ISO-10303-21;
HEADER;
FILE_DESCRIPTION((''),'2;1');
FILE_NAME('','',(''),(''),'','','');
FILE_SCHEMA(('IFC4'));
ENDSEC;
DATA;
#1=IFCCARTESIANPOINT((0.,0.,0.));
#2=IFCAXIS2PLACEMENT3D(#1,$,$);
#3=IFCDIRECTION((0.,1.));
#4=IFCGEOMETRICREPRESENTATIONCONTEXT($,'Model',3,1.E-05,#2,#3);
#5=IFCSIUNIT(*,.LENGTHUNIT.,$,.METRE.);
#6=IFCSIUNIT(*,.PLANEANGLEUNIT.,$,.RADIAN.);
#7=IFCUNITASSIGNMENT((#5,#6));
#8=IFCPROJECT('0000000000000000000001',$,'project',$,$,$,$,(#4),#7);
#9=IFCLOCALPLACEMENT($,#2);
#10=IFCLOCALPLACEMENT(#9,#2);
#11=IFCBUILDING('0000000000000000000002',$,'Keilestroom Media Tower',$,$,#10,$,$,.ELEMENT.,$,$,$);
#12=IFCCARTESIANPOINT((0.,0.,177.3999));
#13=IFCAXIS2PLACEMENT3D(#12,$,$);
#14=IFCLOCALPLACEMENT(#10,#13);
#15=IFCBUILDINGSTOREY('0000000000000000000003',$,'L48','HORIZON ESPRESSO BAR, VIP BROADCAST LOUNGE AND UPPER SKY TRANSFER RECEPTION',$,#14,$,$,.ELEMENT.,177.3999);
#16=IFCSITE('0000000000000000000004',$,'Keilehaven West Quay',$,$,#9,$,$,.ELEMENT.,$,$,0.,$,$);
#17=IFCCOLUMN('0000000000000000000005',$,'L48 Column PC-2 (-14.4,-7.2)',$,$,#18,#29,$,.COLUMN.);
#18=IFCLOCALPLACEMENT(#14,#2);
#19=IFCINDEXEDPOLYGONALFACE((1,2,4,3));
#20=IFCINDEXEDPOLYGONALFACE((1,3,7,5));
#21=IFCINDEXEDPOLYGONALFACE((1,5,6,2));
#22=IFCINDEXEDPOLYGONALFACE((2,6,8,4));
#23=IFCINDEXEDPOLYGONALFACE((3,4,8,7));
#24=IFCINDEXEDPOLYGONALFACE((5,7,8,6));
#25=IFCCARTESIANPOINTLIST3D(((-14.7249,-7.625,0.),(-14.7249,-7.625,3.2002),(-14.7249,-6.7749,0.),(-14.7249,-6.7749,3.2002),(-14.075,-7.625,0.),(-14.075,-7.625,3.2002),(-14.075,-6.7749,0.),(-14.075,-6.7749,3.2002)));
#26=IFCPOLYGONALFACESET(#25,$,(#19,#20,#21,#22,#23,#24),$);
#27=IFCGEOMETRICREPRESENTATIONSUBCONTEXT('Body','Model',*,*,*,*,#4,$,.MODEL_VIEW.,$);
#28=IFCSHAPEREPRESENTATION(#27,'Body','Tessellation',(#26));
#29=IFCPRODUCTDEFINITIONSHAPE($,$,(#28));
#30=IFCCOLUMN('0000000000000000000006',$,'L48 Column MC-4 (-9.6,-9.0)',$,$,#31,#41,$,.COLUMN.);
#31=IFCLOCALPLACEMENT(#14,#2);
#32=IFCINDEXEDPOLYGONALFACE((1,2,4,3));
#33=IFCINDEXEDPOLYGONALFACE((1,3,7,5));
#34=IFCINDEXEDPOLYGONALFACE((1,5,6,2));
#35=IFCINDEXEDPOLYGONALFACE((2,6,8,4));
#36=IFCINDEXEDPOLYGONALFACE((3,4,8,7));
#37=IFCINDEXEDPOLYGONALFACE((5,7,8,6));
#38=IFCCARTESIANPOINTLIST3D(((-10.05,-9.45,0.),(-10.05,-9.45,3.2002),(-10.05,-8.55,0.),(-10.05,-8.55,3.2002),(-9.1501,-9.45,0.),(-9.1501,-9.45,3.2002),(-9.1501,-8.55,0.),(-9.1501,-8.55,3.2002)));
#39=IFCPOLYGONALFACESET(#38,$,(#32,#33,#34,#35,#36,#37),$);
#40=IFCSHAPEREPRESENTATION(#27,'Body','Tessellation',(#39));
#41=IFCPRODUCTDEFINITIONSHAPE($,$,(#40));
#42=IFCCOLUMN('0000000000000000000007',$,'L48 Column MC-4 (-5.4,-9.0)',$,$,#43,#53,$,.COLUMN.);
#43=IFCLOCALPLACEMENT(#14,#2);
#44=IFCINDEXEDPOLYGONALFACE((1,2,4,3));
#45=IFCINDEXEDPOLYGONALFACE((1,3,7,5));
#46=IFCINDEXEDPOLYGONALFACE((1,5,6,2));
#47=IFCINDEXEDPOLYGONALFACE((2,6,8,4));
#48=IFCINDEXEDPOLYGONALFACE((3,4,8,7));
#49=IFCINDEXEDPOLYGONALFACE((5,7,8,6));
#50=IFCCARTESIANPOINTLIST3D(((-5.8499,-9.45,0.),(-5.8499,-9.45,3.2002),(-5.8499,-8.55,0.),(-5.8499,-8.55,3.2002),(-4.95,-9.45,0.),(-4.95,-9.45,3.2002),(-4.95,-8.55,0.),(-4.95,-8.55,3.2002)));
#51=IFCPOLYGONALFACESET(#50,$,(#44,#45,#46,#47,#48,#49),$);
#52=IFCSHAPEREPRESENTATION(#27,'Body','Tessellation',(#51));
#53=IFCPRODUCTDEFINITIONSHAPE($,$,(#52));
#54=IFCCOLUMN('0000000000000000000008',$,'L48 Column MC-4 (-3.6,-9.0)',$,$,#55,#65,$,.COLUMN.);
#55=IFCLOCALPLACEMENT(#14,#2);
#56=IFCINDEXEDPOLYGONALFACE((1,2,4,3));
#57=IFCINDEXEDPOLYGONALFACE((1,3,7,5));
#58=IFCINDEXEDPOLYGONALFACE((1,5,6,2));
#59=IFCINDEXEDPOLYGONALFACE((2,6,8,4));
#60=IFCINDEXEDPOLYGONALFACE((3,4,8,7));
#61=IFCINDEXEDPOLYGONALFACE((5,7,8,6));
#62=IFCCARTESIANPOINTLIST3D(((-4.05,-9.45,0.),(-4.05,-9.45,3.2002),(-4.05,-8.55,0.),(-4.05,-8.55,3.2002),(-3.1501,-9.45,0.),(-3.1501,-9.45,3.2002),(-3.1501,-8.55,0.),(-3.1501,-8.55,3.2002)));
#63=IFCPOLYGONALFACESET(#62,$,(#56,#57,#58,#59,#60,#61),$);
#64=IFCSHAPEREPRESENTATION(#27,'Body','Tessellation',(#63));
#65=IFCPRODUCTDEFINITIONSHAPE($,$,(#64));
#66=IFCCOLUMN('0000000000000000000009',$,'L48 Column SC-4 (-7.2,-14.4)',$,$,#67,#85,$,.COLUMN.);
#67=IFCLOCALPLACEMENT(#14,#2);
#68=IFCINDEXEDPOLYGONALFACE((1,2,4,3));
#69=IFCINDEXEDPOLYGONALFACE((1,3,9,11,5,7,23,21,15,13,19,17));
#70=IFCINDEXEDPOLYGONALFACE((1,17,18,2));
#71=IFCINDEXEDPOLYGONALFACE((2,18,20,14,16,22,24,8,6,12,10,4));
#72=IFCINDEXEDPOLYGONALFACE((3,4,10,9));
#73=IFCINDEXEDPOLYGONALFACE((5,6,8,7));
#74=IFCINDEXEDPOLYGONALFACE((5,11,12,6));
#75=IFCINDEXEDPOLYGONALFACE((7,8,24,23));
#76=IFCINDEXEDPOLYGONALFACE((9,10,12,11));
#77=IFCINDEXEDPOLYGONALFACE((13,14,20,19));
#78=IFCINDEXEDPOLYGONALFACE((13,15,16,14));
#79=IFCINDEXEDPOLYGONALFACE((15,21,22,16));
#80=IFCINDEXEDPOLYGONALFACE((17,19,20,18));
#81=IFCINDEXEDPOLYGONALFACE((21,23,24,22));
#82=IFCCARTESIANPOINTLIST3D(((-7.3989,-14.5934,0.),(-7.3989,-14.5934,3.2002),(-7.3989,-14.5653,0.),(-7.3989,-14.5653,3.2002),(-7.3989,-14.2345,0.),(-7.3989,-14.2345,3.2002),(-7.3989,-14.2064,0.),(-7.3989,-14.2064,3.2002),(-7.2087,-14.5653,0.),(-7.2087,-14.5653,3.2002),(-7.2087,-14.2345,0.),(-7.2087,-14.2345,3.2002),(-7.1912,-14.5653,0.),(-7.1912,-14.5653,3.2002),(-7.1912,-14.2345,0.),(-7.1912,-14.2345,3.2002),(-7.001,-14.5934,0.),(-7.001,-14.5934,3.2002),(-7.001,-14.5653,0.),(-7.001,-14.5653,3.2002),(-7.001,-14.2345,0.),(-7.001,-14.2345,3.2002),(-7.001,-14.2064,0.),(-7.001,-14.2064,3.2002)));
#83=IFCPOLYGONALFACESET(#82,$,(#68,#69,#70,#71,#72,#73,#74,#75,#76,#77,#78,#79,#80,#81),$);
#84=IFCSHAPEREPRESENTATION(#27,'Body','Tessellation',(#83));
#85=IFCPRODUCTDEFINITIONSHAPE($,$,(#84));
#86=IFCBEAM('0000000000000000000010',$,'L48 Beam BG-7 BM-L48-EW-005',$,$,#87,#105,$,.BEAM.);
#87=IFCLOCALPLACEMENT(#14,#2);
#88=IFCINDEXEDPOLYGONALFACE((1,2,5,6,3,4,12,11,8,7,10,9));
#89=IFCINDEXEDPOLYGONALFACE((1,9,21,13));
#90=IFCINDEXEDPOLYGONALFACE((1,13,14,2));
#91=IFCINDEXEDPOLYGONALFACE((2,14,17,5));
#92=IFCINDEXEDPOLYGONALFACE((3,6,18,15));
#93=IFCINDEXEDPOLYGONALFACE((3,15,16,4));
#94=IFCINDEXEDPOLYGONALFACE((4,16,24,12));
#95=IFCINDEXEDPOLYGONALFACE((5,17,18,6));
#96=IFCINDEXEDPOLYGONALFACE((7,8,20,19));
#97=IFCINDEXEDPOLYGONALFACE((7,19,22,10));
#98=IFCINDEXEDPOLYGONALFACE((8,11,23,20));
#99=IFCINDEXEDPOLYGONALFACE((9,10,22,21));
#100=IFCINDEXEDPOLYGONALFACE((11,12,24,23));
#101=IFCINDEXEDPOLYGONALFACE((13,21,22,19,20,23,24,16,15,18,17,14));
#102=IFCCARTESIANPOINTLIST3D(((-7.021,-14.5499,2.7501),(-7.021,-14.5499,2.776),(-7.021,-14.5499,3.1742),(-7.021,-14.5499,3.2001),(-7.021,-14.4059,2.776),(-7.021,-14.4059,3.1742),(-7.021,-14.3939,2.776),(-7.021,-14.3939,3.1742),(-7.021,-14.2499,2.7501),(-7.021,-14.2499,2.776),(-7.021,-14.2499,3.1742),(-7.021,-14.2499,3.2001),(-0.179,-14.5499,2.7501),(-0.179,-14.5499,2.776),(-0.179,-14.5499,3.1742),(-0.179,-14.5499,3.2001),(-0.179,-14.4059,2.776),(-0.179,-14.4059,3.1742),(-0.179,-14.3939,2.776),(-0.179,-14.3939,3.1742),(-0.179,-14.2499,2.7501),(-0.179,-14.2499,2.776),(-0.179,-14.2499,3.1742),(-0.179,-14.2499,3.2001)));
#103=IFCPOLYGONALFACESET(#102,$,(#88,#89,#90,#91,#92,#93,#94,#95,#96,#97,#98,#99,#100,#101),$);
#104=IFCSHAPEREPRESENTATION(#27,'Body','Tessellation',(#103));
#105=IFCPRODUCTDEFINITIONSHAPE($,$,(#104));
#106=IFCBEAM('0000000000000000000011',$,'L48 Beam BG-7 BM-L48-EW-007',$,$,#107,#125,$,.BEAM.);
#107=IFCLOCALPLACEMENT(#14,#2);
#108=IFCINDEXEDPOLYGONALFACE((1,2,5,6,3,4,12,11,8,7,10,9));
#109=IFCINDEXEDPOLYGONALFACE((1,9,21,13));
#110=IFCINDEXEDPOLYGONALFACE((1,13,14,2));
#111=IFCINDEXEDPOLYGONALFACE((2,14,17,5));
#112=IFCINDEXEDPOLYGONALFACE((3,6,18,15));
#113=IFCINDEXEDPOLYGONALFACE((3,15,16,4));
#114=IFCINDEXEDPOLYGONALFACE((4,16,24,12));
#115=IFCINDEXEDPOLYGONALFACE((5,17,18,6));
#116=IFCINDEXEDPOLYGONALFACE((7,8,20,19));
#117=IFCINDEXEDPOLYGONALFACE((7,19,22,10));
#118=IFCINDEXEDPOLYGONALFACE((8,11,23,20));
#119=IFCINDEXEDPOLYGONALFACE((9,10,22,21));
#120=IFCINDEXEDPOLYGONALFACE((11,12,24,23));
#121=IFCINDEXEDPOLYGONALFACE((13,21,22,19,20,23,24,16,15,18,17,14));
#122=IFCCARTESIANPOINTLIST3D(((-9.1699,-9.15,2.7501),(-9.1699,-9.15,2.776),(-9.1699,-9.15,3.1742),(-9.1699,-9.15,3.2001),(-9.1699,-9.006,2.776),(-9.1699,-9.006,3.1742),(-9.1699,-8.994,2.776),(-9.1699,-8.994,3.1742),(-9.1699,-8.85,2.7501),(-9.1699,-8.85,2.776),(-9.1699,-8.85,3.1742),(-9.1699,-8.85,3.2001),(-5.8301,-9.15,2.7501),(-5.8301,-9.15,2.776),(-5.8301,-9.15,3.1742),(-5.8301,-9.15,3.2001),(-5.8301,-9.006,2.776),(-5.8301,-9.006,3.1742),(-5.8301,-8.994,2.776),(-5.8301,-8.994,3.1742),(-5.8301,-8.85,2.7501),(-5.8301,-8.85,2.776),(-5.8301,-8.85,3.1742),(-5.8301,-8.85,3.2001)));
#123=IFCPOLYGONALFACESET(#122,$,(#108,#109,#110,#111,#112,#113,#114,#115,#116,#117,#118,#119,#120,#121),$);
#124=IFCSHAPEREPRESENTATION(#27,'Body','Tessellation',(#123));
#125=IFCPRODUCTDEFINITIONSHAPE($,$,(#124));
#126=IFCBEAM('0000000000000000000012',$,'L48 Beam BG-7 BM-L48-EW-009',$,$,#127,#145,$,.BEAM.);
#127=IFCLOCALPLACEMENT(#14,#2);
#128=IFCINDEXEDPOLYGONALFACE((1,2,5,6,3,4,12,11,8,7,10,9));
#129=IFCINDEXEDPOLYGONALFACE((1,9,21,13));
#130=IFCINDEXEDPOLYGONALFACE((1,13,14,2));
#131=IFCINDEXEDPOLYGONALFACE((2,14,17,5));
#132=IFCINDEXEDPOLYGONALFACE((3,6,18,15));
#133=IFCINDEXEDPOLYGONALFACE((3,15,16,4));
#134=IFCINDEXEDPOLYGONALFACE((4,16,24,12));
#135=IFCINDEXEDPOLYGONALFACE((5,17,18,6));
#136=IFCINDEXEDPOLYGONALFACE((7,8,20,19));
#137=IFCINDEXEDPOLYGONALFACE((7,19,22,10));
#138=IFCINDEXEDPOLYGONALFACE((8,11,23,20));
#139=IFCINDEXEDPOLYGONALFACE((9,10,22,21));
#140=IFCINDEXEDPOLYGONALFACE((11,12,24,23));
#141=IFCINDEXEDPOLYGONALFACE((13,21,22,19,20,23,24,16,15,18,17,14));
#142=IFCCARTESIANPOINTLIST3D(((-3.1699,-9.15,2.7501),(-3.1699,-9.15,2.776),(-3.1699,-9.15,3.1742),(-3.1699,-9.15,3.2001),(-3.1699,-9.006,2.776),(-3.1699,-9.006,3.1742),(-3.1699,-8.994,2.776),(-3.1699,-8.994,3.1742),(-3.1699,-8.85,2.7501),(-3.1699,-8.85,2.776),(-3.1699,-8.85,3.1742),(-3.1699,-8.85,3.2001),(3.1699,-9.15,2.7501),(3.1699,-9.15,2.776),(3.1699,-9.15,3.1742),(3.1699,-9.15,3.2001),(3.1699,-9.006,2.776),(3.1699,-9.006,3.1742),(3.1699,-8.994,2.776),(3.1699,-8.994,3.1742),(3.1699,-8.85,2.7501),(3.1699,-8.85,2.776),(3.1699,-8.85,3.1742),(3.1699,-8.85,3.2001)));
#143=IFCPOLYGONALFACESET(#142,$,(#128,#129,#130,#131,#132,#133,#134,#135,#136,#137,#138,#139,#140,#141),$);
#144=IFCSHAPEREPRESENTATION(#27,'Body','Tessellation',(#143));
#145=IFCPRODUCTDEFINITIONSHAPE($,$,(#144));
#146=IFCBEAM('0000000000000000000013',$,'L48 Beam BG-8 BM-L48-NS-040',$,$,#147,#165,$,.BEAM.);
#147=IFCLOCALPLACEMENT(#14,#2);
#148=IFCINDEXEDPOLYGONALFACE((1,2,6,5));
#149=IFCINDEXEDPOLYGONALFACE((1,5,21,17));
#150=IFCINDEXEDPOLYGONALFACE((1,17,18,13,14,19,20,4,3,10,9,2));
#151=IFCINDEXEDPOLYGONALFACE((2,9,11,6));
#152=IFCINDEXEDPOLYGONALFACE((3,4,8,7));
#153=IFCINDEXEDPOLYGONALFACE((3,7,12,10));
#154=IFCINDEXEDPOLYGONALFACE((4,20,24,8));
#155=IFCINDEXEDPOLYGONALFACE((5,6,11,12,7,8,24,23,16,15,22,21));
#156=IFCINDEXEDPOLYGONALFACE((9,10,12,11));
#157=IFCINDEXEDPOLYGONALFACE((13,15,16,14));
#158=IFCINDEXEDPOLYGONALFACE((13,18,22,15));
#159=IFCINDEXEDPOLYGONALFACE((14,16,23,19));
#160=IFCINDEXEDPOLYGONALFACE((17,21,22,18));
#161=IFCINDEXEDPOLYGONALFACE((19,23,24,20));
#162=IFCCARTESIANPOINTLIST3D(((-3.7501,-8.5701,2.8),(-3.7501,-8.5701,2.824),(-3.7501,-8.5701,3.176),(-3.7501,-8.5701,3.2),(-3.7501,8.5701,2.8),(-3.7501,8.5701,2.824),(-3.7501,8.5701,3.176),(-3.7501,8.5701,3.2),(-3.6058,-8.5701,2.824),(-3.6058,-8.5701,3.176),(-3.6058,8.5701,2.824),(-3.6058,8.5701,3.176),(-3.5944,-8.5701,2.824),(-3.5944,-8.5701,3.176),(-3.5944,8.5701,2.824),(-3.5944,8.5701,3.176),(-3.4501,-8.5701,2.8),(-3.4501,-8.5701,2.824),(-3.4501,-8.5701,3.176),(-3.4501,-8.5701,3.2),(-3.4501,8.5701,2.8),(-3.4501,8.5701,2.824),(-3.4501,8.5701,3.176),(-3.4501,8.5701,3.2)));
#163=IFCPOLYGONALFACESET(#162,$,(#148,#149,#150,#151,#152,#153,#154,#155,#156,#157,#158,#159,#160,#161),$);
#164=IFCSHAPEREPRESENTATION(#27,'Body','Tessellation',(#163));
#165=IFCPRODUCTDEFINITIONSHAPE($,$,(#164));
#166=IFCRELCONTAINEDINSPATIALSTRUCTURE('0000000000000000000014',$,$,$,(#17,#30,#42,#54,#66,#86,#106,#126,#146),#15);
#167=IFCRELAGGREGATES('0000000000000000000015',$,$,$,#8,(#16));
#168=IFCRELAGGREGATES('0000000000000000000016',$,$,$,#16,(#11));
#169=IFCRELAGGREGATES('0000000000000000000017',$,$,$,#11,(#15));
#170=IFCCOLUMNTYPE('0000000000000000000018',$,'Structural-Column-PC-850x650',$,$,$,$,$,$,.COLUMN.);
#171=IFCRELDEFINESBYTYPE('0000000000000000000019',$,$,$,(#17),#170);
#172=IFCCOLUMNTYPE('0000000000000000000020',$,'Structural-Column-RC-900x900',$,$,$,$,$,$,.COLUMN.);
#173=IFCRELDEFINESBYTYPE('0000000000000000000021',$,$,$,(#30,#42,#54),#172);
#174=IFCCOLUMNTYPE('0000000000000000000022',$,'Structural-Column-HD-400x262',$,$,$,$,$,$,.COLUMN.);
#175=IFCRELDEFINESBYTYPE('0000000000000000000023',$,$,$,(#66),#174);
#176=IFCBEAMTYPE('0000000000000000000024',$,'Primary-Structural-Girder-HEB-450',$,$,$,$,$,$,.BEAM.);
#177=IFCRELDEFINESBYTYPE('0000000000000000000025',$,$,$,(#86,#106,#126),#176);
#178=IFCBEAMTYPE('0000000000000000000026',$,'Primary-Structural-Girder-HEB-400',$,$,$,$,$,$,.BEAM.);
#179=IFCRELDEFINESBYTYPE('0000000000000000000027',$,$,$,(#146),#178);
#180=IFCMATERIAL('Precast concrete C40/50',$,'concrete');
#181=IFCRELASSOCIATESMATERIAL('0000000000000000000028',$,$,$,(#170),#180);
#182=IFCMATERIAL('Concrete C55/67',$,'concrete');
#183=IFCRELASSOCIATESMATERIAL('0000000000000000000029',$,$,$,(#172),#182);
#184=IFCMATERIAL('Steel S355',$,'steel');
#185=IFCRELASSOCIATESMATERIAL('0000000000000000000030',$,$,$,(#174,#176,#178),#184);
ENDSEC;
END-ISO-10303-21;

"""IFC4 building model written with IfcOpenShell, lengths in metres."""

from ifc_helpers import new_model, si_unit, direction, frame, origin, origin_2d, place, context, subcontext, project, spatial, rectangle, i_section, extrude, source, transform, mapped, material, material_profile, profile_set, type_object, element, save


model = new_model("IFC4")

# Units and contexts
model_context = context("Model", 3, precision=1e-05, world=origin(), true_north=direction((0.0, 1.0)))
body_context = subcontext(model_context, "Body", "Model", "MODEL_VIEW")
ifc_project = project(units=[si_unit("LENGTHUNIT", "METRE"), si_unit("PLANEANGLEUNIT", "RADIAN")], contexts=[model_context])

# Site, building, storey
site_placement = place(None, origin())
site = spatial("IfcSite", under=ifc_project, at=site_placement, Name="Keilehaven West Quay", CompositionType="ELEMENT", RefElevation=0.0)
building_placement = place(site_placement, origin())
building = spatial("IfcBuilding", under=site, at=building_placement, Name="Keilestroom Media Tower", CompositionType="ELEMENT")
storey_placement = place(building_placement, frame((0.0, 0.0, 177.3999)))
storey = spatial("IfcBuildingStorey", under=building, at=storey_placement, Name="L48", Description="HORIZON ESPRESSO BAR, VIP BROADCAST LOUNGE AND UPPER SKY TRANSFER RECEPTION", CompositionType="ELEMENT", Elevation=177.3999)

# Columns
ifc_material_1 = material(Name="Precast concrete C40/50", Category="concrete")
ifc_material_profile_1 = material_profile(ifc_material_1, rectangle(XDim=0.6499, YDim=0.8501, at=origin_2d()), Name="PC 850x650")
ifc_profile_set_1 = profile_set([ifc_material_profile_1], Name="Precast concrete C40/50")
column_type_1 = type_object("IfcColumnType", Name="Structural-Column-PC-850x650", PredefinedType="COLUMN", material=ifc_profile_set_1)
shared_shape_1 = source(origin(), body_context, "Body", "SweptSolid", [
    extrude(rectangle(XDim=0.6499, YDim=0.8501, at=origin_2d()), origin(), (0.0, 0.0, 1.0), 3.2002),
])
column_1_placement = place(storey_placement, frame((-14.3999, -7.2, 0.0), z_axis=(0.0, 0.0, 1.0), x_axis=(1.0, 0.0, 0.0)))
element("IfcColumn", 1, at=column_1_placement, inside=storey, type_object=column_type_1, Name="L48 Column PC-2 (-14.4,-7.2)", PredefinedType="COLUMN", context=body_context, shape_type="MappedRepresentation", body=[
    mapped(shared_shape_1, transform((0.0, 0.0, 0.0), x_axis=(1.0, 0.0, 0.0), y_axis=(0.0, 1.0, 0.0), z_axis=(0.0, 0.0, 1.0), scale=1.0)),
])
ifc_material_2 = material(Name="Concrete C55/67", Category="concrete")
ifc_material_profile_2 = material_profile(ifc_material_2, rectangle(XDim=0.8999, YDim=0.8999, at=origin_2d()), Name="RC 900x900")
ifc_profile_set_2 = profile_set([ifc_material_profile_2], Name="Concrete C55/67")
column_type_2 = type_object("IfcColumnType", Name="Structural-Column-RC-900x900", PredefinedType="COLUMN", material=ifc_profile_set_2)
shared_shape_2 = source(origin(), body_context, "Body", "SweptSolid", [
    extrude(rectangle(XDim=0.8999, YDim=0.8999, at=origin_2d()), origin(), (0.0, 0.0, 1.0), 3.2002),
])
for number, where, z_axis, x_axis, name in (
    (2, (-9.6001, -9.0, 0.0), (0.0, 0.0, 1.0), (1.0, 0.0, 0.0), "L48 Column MC-4 (-9.6,-9.0)"),
    (3, (-5.3999, -9.0, 0.0), (0.0, 0.0, 1.0), (1.0, 0.0, 0.0), "L48 Column MC-4 (-5.4,-9.0)"),
    (4, (-3.6001, -9.0, 0.0), (0.0, 0.0, 1.0), (1.0, 0.0, 0.0), "L48 Column MC-4 (-3.6,-9.0)"),
):
    element("IfcColumn", number, at=place(storey_placement, frame(where, z_axis=z_axis, x_axis=x_axis)), inside=storey, type_object=column_type_2, Name=name, PredefinedType="COLUMN", context=body_context, shape_type="MappedRepresentation", body=[
        mapped(shared_shape_2, transform((0.0, 0.0, 0.0), x_axis=(1.0, 0.0, 0.0), y_axis=(0.0, 1.0, 0.0), z_axis=(0.0, 0.0, 1.0), scale=1.0)),
    ])
ifc_material_3 = material(Name="Steel S355", Category="steel")
ifc_material_profile_3 = material_profile(ifc_material_3, i_section(OverallWidth=0.3979, OverallDepth=0.387, WebThickness=0.0176, FlangeThickness=0.0281, at=origin_2d()), Name="HD 400x262")
ifc_profile_set_3 = profile_set([ifc_material_profile_3], Name="Steel S355")
column_type_3 = type_object("IfcColumnType", Name="Structural-Column-HD-400x262", PredefinedType="COLUMN", material=ifc_profile_set_3)
shared_shape_3 = source(origin(), body_context, "Body", "SweptSolid", [
    extrude(i_section(OverallWidth=0.3979, OverallDepth=0.387, WebThickness=0.0176, FlangeThickness=0.0281, at=origin_2d()), origin(), (0.0, 0.0, 1.0), 3.2002),
])
column_2_placement = place(storey_placement, frame((-7.2, -14.3999, 0.0), z_axis=(0.0, 0.0, 1.0), x_axis=(1.0, 0.0, 0.0)))
element("IfcColumn", 5, at=column_2_placement, inside=storey, type_object=column_type_3, Name="L48 Column SC-4 (-7.2,-14.4)", PredefinedType="COLUMN", context=body_context, shape_type="MappedRepresentation", body=[
    mapped(shared_shape_3, transform((0.0, 0.0, 0.0), x_axis=(1.0, 0.0, 0.0), y_axis=(0.0, 1.0, 0.0), z_axis=(0.0, 0.0, 1.0), scale=1.0)),
])

# Beams
ifc_material_profile_4 = material_profile(ifc_material_3, i_section(OverallWidth=0.3, OverallDepth=0.45, WebThickness=0.012, FlangeThickness=0.0259, at=origin_2d()), Name="HEB 450")
ifc_profile_set_4 = profile_set([ifc_material_profile_4], Name="Steel S355")
beam_type_1 = type_object("IfcBeamType", Name="Primary-Structural-Girder-HEB-450", PredefinedType="BEAM", material=ifc_profile_set_4)
shared_shape_4 = source(origin(), body_context, "Body", "SweptSolid", [
    extrude(i_section(OverallWidth=0.3, OverallDepth=0.45, WebThickness=0.012, FlangeThickness=0.0259, at=origin_2d()), origin(), (0.0, 0.0, 1.0), 6.842),
])
beam_1_placement = place(storey_placement, frame((-7.021, -14.3999, 2.9751), z_axis=(1.0, 0.0, 0.0), x_axis=(0.0, 1.0, 0.0)))
element("IfcBeam", 6, at=beam_1_placement, inside=storey, type_object=beam_type_1, Name="L48 Beam BG-7 BM-L48-EW-005", PredefinedType="BEAM", context=body_context, shape_type="MappedRepresentation", body=[
    mapped(shared_shape_4, transform((0.0, 0.0, 0.0), x_axis=(1.0, 0.0, 0.0), y_axis=(0.0, 1.0, 0.0), z_axis=(0.0, 0.0, 1.0), scale=1.0)),
])
shared_shape_5 = source(origin(), body_context, "Body", "SweptSolid", [
    extrude(i_section(OverallWidth=0.3, OverallDepth=0.45, WebThickness=0.012, FlangeThickness=0.0259, at=origin_2d()), origin(), (0.0, 0.0, 1.0), 3.3398),
])
beam_2_placement = place(storey_placement, frame((-9.1699, -9.0, 2.9751), z_axis=(1.0, 0.0, 0.0), x_axis=(0.0, 1.0, 0.0)))
element("IfcBeam", 7, at=beam_2_placement, inside=storey, type_object=beam_type_1, Name="L48 Beam BG-7 BM-L48-EW-007", PredefinedType="BEAM", context=body_context, shape_type="MappedRepresentation", body=[
    mapped(shared_shape_5, transform((0.0, 0.0, 0.0), x_axis=(1.0, 0.0, 0.0), y_axis=(0.0, 1.0, 0.0), z_axis=(0.0, 0.0, 1.0), scale=1.0)),
])
shared_shape_6 = source(origin(), body_context, "Body", "SweptSolid", [
    extrude(i_section(OverallWidth=0.3, OverallDepth=0.45, WebThickness=0.012, FlangeThickness=0.0259, at=origin_2d()), origin(), (0.0, 0.0, 1.0), 6.3398),
])
beam_3_placement = place(storey_placement, frame((-3.1699, -9.0, 2.9751), z_axis=(1.0, 0.0, 0.0), x_axis=(0.0, 1.0, 0.0)))
element("IfcBeam", 8, at=beam_3_placement, inside=storey, type_object=beam_type_1, Name="L48 Beam BG-7 BM-L48-EW-009", PredefinedType="BEAM", context=body_context, shape_type="MappedRepresentation", body=[
    mapped(shared_shape_6, transform((0.0, 0.0, 0.0), x_axis=(1.0, 0.0, 0.0), y_axis=(0.0, 1.0, 0.0), z_axis=(0.0, 0.0, 1.0), scale=1.0)),
])
ifc_material_profile_5 = material_profile(ifc_material_3, i_section(OverallWidth=0.3, OverallDepth=0.3999, WebThickness=0.0115, FlangeThickness=0.0239, at=origin_2d()), Name="HEB 400")
ifc_profile_set_5 = profile_set([ifc_material_profile_5], Name="Steel S355")
beam_type_2 = type_object("IfcBeamType", Name="Primary-Structural-Girder-HEB-400", PredefinedType="BEAM", material=ifc_profile_set_5)
shared_shape_7 = source(origin(), body_context, "Body", "SweptSolid", [
    extrude(i_section(OverallWidth=0.3, OverallDepth=0.3999, WebThickness=0.0115, FlangeThickness=0.0239, at=origin_2d()), origin(), (0.0, 0.0, 1.0), 17.1401),
])
beam_4_placement = place(storey_placement, frame((-3.6001, -8.5701, 3.0), z_axis=(0.0, 1.0, 0.0), x_axis=(-1.0, 0.0, 0.0)))
element("IfcBeam", 9, at=beam_4_placement, inside=storey, type_object=beam_type_2, Name="L48 Beam BG-8 BM-L48-NS-040", PredefinedType="BEAM", context=body_context, shape_type="MappedRepresentation", body=[
    mapped(shared_shape_7, transform((0.0, 0.0, 0.0), x_axis=(1.0, 0.0, 0.0), y_axis=(0.0, 1.0, 0.0), z_axis=(0.0, 0.0, 1.0), scale=1.0)),
])

save(model, "model.ifc")
